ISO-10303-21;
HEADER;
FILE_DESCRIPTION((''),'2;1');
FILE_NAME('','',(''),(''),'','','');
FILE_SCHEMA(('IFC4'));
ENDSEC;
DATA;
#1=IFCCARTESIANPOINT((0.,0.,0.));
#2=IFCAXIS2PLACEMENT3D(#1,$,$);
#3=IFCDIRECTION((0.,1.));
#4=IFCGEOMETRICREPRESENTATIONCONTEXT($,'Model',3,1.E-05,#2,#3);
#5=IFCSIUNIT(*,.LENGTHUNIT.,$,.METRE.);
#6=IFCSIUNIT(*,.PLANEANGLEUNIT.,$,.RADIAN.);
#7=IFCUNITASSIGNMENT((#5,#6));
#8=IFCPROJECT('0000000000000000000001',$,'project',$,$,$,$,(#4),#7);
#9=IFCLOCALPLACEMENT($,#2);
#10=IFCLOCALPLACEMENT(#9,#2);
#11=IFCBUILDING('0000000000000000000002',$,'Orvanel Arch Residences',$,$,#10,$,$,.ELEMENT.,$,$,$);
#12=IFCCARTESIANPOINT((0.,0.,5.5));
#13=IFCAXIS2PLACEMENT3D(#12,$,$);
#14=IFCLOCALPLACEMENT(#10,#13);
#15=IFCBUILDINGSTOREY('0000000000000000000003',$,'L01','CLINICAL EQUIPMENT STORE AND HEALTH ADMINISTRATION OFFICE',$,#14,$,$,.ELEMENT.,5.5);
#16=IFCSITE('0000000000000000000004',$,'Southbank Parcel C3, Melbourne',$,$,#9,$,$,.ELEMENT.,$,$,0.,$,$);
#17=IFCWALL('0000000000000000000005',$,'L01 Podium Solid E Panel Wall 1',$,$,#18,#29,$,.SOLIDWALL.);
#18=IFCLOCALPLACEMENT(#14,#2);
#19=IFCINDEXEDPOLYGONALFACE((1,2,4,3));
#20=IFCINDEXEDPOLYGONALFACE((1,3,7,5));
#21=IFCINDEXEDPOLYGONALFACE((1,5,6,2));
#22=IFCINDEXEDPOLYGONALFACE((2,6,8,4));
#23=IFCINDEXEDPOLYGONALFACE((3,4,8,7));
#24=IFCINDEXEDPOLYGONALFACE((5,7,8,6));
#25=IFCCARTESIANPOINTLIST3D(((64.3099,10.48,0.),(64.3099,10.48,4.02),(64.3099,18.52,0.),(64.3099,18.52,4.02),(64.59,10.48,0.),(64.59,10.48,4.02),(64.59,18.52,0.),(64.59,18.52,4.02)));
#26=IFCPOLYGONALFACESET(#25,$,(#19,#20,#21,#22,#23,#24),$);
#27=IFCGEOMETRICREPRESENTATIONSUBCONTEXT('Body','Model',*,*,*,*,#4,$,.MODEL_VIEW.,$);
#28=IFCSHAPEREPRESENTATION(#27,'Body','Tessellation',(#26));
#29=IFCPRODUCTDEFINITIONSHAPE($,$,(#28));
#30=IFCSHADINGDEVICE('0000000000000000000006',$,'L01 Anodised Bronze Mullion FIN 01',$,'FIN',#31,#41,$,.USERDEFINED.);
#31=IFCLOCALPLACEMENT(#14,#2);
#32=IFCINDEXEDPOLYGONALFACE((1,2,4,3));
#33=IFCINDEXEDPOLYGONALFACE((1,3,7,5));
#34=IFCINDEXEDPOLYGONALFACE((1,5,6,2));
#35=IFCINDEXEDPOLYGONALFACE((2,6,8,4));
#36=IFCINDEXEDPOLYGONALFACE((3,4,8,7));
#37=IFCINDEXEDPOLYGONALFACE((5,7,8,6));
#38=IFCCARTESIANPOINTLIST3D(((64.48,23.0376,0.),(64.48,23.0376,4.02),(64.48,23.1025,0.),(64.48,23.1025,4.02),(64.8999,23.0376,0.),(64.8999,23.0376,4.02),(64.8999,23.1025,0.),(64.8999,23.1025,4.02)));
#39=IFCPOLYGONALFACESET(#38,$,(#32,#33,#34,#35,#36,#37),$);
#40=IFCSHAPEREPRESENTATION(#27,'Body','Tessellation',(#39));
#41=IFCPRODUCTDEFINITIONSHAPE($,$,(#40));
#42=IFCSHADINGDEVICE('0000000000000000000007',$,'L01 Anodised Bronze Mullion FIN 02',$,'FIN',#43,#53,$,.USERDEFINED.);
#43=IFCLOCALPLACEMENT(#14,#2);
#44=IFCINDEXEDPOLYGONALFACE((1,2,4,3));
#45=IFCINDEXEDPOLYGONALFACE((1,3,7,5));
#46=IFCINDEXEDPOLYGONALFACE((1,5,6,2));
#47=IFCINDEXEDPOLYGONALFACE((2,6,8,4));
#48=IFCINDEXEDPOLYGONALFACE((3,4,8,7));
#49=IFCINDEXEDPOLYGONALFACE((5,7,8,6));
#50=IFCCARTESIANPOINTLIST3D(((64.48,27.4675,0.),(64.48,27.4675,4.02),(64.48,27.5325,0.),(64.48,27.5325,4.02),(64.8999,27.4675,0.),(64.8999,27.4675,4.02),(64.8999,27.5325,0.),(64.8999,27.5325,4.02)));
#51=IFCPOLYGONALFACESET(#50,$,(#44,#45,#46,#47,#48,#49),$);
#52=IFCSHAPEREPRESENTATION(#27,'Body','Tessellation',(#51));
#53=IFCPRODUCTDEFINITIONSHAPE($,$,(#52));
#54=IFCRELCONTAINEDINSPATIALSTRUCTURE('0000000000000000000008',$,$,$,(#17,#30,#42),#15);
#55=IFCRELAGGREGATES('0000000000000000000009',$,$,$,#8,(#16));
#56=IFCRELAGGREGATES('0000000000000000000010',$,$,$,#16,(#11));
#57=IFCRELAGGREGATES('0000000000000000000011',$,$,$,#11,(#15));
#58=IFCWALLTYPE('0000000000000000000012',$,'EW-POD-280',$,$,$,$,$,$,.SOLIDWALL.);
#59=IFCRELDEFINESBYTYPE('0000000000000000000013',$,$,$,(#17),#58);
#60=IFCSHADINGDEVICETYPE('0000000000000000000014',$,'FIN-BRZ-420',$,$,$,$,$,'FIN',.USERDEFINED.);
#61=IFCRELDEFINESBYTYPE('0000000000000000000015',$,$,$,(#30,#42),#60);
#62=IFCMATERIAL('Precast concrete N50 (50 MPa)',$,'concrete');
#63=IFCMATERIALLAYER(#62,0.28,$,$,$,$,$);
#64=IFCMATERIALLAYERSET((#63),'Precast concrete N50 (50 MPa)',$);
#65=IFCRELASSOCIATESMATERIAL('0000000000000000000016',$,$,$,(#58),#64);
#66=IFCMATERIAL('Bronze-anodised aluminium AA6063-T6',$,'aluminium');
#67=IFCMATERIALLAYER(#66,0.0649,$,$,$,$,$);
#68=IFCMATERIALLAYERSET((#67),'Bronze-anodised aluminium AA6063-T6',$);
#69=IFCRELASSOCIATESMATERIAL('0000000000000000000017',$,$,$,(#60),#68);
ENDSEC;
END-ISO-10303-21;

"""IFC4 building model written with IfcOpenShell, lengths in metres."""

from ifc_helpers import new_model, si_unit, direction, frame, frame_2d, origin, origin_2d, place, context, subcontext, project, spatial, rectangle, extrude, material, layer, layer_set, type_object, element, save


model = new_model("IFC4")

# Units and contexts
model_context = context("Model", 3, precision=1e-05, world=origin(), true_north=direction((0.0, 1.0)))
body_context = subcontext(model_context, "Body", "Model", "MODEL_VIEW")
ifc_project = project(units=[si_unit("LENGTHUNIT", "METRE"), si_unit("PLANEANGLEUNIT", "RADIAN")], contexts=[model_context])

# Site, building, storey
site_placement = place(None, origin())
site = spatial("IfcSite", under=ifc_project, at=site_placement, Name="Southbank Parcel C3, Melbourne", CompositionType="ELEMENT", RefElevation=0.0)
building_placement = place(site_placement, origin())
building = spatial("IfcBuilding", under=site, at=building_placement, Name="Orvanel Arch Residences", CompositionType="ELEMENT")
storey_placement = place(building_placement, frame((0.0, 0.0, 5.5)))
storey = spatial("IfcBuildingStorey", under=building, at=storey_placement, Name="L01", Description="CLINICAL EQUIPMENT STORE AND HEALTH ADMINISTRATION OFFICE", CompositionType="ELEMENT", Elevation=5.5)

# Shared definitions
ifc_material_1 = material(Name="Bronze-anodised aluminium AA6063-T6", Category="aluminium")

# Wall
ifc_material_2 = material(Name="Precast concrete N50 (50 MPa)", Category="concrete")
ifc_layer_1 = layer(ifc_material_2, 0.28)
ifc_layer_set_1 = layer_set([ifc_layer_1], Name="Precast concrete N50 (50 MPa)")
wall_type = type_object("IfcWallType", Name="EW-POD-280", PredefinedType="SOLIDWALL", material=ifc_layer_set_1)
wall_placement = place(storey_placement, frame((64.45, 10.48, 0.0), z_axis=(0.0, 0.0, 1.0), x_axis=(0.0, 1.0, 0.0)))
element("IfcWall", 1, at=wall_placement, inside=storey, type_object=wall_type, Name="L01 Podium Solid E Panel Wall 1", PredefinedType="SOLIDWALL", context=body_context, shape_type="SweptSolid", body=[
    extrude(rectangle(XDim=8.04, YDim=0.28, at=frame_2d((4.02, 0.0))), origin(), (0.0, 0.0, 1.0), 4.02),
])

# Shading devices
ifc_layer_2 = layer(ifc_material_1, 0.0649)
ifc_layer_set_2 = layer_set([ifc_layer_2], Name="Bronze-anodised aluminium AA6063-T6")
shading_device_type = type_object("IfcShadingDeviceType", Name="FIN-BRZ-420", ElementType="FIN", PredefinedType="USERDEFINED", material=ifc_layer_set_2)
for number, where, z_axis, x_axis, name in (
    (2, (64.6899, 23.0701, 0.0), (0.0, 0.0, 1.0), (1.0, 0.0, 0.0), "L01 Anodised Bronze Mullion FIN 01"),
    (3, (64.6899, 27.5, 0.0), (0.0, 0.0, 1.0), (1.0, 0.0, 0.0), "L01 Anodised Bronze Mullion FIN 02"),
):
    element("IfcShadingDevice", number, at=place(storey_placement, frame(where, z_axis=z_axis, x_axis=x_axis)), inside=storey, type_object=shading_device_type, Name=name, ObjectType="FIN", PredefinedType="USERDEFINED", context=body_context, shape_type="SweptSolid", body=[
        extrude(rectangle(XDim=0.4199, YDim=0.0649, at=origin_2d()), origin(), (0.0, 0.0, 1.0), 4.02),
    ])

save(model, "model.ifc")
